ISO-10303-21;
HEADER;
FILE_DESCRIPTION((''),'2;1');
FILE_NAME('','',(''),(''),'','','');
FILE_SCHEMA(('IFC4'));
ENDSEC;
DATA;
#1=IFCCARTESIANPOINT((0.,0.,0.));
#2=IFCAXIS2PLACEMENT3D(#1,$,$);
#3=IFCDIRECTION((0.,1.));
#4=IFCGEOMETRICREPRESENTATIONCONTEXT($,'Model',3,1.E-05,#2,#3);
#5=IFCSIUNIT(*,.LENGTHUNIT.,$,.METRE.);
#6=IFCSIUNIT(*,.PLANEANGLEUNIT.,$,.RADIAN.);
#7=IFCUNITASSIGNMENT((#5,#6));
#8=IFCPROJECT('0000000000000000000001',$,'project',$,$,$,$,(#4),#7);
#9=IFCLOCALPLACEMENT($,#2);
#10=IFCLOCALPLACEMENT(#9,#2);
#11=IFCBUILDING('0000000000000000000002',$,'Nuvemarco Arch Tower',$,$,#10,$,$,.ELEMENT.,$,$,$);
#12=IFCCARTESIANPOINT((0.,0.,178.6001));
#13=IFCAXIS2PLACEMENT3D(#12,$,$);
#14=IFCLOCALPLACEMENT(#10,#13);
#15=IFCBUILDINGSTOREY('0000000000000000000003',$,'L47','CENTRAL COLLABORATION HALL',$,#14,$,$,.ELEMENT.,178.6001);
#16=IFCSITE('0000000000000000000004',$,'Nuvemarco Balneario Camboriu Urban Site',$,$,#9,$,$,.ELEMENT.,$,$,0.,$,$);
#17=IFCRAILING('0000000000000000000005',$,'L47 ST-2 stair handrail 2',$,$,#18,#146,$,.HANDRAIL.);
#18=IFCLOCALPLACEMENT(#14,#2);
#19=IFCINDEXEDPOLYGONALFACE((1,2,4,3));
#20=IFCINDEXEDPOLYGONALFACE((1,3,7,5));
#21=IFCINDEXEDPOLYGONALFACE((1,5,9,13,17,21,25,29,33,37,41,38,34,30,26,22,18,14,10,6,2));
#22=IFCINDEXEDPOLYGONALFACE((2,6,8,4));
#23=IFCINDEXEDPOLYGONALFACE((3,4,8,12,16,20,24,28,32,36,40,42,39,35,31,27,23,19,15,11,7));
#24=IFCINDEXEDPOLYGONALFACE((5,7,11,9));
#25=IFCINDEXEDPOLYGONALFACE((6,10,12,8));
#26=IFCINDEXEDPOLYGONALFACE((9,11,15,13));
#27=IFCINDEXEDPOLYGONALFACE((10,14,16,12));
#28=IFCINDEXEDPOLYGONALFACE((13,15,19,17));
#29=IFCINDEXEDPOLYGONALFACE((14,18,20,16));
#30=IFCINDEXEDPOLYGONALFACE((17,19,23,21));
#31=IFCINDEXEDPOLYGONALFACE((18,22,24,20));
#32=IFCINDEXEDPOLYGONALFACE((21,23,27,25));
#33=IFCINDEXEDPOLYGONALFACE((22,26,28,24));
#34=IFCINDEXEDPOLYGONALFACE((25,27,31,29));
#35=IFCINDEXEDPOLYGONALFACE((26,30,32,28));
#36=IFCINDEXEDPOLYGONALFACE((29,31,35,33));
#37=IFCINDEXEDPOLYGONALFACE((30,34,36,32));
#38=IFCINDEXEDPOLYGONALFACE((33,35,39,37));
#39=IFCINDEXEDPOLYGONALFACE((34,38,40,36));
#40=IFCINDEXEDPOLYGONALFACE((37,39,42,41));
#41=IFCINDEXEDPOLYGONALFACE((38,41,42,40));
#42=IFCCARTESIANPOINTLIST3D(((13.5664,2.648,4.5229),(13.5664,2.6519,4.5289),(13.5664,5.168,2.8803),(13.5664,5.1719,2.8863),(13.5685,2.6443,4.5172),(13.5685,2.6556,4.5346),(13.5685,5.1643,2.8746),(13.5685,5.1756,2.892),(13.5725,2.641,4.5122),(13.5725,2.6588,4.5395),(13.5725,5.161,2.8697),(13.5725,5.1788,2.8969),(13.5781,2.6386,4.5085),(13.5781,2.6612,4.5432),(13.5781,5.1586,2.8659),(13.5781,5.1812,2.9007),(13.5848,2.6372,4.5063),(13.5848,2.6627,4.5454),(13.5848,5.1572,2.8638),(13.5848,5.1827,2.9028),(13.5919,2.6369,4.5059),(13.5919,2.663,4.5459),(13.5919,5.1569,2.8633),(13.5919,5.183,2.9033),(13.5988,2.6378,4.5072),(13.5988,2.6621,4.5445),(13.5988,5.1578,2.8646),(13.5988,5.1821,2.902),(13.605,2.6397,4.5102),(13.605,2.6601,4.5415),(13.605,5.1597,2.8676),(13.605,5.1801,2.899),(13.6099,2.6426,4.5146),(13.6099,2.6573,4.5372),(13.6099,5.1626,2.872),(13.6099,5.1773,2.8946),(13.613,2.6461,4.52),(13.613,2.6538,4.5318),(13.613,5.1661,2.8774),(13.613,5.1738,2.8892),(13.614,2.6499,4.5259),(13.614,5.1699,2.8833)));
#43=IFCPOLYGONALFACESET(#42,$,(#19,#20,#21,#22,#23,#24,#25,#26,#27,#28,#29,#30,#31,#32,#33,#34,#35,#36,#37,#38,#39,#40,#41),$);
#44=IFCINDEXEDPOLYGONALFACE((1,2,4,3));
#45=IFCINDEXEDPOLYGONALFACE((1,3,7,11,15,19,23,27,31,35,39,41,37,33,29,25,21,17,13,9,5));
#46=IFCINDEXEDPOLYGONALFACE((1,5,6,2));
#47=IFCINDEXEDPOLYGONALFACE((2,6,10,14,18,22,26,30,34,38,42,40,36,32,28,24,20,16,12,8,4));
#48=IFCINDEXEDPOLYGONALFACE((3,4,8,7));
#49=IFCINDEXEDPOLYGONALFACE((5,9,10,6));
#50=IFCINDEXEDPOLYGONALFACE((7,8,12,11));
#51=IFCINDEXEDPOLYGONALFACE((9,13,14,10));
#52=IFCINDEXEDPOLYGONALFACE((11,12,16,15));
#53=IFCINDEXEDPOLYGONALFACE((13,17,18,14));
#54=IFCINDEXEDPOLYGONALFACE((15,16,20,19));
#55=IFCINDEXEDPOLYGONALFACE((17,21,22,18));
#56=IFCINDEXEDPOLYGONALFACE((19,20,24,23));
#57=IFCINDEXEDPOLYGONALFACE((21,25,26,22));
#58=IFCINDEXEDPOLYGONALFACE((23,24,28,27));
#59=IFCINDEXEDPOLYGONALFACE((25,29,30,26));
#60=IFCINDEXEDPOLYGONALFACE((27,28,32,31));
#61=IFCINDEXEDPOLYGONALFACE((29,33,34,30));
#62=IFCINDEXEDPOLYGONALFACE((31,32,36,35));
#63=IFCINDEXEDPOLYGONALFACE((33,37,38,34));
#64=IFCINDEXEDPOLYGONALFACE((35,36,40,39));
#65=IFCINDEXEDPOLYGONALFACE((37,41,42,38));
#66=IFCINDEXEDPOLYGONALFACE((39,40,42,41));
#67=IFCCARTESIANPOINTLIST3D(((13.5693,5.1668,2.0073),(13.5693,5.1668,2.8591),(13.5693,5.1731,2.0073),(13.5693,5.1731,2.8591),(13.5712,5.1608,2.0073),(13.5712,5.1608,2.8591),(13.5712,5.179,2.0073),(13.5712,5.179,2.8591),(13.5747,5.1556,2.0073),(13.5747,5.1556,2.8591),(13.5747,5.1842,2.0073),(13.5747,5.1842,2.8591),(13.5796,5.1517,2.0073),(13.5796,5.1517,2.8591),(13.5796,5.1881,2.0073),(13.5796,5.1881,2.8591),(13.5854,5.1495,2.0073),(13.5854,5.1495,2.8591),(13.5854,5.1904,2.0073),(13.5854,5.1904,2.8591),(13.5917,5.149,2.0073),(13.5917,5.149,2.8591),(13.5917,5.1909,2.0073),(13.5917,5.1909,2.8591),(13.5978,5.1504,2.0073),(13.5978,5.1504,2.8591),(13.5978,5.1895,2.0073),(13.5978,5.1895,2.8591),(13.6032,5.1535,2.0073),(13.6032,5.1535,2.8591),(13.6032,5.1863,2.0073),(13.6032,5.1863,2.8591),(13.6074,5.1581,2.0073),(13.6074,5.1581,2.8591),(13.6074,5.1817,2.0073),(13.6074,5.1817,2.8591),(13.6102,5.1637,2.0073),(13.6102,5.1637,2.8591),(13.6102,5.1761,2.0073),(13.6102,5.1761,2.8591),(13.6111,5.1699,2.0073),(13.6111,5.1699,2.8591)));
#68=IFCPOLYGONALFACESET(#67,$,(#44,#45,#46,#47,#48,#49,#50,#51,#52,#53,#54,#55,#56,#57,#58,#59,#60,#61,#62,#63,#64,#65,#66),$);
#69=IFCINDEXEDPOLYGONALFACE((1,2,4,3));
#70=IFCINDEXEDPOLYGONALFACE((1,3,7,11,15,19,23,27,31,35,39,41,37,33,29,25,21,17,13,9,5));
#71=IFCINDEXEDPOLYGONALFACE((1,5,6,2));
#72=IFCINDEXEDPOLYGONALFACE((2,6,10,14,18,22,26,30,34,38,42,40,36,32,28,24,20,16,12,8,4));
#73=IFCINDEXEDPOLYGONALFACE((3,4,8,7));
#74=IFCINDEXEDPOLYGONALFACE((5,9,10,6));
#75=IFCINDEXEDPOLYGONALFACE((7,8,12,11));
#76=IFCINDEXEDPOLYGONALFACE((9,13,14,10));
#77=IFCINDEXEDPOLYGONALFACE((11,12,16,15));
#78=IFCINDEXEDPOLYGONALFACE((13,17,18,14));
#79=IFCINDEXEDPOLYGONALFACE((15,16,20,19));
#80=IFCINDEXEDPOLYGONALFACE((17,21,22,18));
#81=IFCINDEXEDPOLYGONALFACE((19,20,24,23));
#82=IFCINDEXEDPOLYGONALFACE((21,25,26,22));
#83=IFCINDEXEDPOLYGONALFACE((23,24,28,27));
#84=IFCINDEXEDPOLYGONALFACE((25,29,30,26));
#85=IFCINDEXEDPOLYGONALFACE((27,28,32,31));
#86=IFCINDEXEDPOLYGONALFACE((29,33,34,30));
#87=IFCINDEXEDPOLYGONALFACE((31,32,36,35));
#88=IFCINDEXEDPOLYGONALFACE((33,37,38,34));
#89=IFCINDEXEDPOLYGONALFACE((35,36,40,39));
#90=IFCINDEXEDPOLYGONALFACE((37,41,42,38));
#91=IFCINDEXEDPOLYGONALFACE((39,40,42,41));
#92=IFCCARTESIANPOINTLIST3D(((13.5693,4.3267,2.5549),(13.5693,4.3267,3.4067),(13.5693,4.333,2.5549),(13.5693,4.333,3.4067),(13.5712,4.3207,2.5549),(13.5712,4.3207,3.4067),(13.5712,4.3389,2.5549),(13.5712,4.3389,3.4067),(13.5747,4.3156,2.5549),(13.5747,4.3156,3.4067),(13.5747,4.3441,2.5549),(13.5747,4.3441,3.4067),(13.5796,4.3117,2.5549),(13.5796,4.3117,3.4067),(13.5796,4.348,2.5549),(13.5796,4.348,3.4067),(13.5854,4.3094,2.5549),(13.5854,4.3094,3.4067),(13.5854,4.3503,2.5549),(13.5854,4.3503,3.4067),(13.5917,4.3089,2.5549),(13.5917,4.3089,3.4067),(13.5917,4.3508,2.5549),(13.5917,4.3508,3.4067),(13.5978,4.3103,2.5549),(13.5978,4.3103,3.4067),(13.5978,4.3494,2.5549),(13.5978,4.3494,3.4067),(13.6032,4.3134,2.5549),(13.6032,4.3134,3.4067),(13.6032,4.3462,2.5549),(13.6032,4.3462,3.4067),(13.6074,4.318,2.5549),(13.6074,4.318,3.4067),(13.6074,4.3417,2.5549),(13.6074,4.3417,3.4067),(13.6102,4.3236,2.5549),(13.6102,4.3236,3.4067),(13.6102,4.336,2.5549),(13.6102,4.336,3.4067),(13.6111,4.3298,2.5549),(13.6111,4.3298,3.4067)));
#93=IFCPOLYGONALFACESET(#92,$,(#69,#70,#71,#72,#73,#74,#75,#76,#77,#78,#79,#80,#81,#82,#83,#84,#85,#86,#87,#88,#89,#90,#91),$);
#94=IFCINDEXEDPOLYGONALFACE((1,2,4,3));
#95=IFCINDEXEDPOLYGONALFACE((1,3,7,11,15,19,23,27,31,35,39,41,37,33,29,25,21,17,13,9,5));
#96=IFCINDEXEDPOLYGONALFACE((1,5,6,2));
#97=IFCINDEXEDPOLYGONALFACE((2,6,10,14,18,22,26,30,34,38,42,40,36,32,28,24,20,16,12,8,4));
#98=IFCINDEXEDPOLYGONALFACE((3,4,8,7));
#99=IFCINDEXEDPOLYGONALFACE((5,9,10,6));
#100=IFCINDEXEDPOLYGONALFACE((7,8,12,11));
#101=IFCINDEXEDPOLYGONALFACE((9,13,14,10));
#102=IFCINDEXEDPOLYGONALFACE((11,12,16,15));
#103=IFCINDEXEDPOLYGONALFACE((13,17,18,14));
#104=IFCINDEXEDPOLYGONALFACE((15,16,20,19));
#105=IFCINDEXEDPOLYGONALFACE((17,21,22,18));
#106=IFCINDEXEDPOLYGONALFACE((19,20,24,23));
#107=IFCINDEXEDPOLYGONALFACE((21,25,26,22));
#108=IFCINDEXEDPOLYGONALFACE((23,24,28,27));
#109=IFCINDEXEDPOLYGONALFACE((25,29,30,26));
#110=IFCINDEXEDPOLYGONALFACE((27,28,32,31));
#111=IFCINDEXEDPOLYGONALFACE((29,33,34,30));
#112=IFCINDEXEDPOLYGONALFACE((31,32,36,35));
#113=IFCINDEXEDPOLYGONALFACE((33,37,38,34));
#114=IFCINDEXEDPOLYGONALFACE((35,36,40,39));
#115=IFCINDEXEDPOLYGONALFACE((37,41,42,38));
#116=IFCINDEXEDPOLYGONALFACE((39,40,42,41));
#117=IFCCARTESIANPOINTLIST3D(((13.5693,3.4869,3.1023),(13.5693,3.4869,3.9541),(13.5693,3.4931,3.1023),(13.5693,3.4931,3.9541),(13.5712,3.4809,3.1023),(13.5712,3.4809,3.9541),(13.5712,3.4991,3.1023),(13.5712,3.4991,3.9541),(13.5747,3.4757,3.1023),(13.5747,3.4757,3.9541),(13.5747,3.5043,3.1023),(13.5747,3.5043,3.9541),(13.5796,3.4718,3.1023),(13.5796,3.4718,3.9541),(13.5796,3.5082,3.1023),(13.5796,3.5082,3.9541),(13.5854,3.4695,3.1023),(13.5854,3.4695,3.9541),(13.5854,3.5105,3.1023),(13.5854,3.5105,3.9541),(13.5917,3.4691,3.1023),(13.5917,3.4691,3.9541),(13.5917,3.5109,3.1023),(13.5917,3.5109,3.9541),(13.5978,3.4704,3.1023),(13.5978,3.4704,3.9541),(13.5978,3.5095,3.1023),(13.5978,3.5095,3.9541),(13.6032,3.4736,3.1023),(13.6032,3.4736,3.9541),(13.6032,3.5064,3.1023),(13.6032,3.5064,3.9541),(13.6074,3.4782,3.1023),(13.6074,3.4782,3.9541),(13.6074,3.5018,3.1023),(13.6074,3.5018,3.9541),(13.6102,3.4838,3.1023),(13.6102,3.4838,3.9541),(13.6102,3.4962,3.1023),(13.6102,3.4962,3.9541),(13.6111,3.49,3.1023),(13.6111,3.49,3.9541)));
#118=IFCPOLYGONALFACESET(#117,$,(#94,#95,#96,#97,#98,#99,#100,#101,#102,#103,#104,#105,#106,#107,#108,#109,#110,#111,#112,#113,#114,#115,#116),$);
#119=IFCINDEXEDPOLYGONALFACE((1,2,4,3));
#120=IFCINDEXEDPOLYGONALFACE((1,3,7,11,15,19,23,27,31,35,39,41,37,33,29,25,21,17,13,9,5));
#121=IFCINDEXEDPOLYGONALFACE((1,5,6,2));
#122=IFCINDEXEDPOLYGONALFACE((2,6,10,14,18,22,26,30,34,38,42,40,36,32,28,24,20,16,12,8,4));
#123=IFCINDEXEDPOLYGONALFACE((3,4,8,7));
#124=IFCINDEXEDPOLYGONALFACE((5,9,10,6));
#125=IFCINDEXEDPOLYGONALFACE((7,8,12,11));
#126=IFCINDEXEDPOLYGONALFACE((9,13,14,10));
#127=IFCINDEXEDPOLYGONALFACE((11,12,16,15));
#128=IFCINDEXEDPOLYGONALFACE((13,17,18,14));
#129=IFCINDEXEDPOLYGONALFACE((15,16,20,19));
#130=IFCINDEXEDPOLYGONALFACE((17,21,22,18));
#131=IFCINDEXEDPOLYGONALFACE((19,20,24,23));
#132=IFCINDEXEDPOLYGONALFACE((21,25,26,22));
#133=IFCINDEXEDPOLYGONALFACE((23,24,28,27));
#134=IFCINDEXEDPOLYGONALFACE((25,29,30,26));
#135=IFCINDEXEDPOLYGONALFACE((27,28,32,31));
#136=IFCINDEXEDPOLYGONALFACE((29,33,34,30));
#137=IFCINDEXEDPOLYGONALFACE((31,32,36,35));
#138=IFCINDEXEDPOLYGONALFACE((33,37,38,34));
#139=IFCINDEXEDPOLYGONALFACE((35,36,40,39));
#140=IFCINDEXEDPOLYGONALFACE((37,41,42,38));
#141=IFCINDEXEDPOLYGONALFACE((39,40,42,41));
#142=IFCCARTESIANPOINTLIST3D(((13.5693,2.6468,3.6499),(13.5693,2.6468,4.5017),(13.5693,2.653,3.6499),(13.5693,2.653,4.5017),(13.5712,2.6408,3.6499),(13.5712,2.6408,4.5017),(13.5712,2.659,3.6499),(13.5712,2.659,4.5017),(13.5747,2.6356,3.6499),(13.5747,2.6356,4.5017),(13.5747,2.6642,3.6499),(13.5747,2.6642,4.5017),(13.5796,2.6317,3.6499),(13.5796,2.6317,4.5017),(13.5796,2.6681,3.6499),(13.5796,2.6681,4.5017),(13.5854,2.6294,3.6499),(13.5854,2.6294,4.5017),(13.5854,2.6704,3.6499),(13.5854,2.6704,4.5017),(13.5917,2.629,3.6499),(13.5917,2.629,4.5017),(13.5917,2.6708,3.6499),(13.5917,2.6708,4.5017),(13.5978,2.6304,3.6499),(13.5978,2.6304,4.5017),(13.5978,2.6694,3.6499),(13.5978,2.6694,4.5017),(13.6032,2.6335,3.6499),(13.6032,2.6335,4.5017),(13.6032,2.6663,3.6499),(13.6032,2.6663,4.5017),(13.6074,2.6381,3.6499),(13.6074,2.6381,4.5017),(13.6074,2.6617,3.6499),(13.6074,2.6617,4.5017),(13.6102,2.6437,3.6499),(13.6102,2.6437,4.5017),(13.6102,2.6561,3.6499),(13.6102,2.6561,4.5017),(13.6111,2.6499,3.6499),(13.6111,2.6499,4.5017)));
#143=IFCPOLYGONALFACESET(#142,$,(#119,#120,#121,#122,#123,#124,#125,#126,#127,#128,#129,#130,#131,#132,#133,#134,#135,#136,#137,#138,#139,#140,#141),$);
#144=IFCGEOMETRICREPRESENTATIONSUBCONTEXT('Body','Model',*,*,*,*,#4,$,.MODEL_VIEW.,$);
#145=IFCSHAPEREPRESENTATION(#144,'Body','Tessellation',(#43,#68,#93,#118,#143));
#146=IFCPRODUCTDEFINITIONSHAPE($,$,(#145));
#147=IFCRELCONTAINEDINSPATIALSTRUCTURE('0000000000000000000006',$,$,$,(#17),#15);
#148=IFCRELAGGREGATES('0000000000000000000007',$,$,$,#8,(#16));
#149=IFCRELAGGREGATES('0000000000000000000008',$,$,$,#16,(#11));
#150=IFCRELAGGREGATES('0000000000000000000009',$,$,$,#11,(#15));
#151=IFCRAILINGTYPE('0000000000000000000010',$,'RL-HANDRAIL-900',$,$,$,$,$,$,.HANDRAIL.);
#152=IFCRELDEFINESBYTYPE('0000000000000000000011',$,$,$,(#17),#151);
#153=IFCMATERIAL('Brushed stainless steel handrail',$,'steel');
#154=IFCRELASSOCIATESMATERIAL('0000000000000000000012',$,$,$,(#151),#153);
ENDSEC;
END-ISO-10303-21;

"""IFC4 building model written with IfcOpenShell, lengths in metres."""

from ifc_helpers import new_model, si_unit, direction, frame, origin, origin_2d, place, context, subcontext, project, spatial, circle, extrude, material, type_object, element, save


model = new_model("IFC4")

# Units and contexts
model_context = context("Model", 3, precision=1e-05, world=origin(), true_north=direction((0.0, 1.0)))
body_context = subcontext(model_context, "Body", "Model", "MODEL_VIEW")
ifc_project = project(units=[si_unit("LENGTHUNIT", "METRE"), si_unit("PLANEANGLEUNIT", "RADIAN")], contexts=[model_context])

# Site, building, storey
site_placement = place(None, origin())
site = spatial("IfcSite", under=ifc_project, at=site_placement, Name="Nuvemarco Balneario Camboriu Urban Site", CompositionType="ELEMENT", RefElevation=0.0)
building_placement = place(site_placement, origin())
building = spatial("IfcBuilding", under=site, at=building_placement, Name="Nuvemarco Arch Tower", CompositionType="ELEMENT")
storey_placement = place(building_placement, frame((0.0, 0.0, 178.6001)))
storey = spatial("IfcBuildingStorey", under=building, at=storey_placement, Name="L47", Description="CENTRAL COLLABORATION HALL", CompositionType="ELEMENT", Elevation=178.6001)

# Railing
ifc_material_1 = material(Name="Brushed stainless steel handrail", Category="steel")
railing_type_1 = type_object("IfcRailingType", Name="RL-HANDRAIL-900", PredefinedType="HANDRAIL", material=ifc_material_1)
railing_1_placement = place(storey_placement, frame((13.5901, 5.1699, 2.0073)))
element("IfcRailing", 1, at=railing_1_placement, inside=storey, type_object=railing_type_1, Name="L47 ST-2 stair handrail 2", PredefinedType="HANDRAIL", context=body_context, shape_type="SweptSolid", body=[
    extrude(circle(Radius=0.0239, at=origin_2d()), frame((0.0, 0.0, 0.876), z_axis=(0.0, -0.837749, 0.546055), x_axis=(1.0, 0.0, 0.0)), (0.0, 0.0, 1.0), 3.0081),
    extrude(circle(Radius=0.021, at=origin_2d()), origin(), (0.0, 0.0, 1.0), 0.8518),
    extrude(circle(Radius=0.021, at=origin_2d()), frame((0.0, -0.8401, 0.5476)), (0.0, 0.0, 1.0), 0.8518),
    extrude(circle(Radius=0.021, at=origin_2d()), frame((0.0, -1.6799, 1.095)), (0.0, 0.0, 1.0), 0.8518),
    extrude(circle(Radius=0.021, at=origin_2d()), frame((0.0, -2.52, 1.6426)), (0.0, 0.0, 1.0), 0.8518),
])

save(model, "model.ifc")
